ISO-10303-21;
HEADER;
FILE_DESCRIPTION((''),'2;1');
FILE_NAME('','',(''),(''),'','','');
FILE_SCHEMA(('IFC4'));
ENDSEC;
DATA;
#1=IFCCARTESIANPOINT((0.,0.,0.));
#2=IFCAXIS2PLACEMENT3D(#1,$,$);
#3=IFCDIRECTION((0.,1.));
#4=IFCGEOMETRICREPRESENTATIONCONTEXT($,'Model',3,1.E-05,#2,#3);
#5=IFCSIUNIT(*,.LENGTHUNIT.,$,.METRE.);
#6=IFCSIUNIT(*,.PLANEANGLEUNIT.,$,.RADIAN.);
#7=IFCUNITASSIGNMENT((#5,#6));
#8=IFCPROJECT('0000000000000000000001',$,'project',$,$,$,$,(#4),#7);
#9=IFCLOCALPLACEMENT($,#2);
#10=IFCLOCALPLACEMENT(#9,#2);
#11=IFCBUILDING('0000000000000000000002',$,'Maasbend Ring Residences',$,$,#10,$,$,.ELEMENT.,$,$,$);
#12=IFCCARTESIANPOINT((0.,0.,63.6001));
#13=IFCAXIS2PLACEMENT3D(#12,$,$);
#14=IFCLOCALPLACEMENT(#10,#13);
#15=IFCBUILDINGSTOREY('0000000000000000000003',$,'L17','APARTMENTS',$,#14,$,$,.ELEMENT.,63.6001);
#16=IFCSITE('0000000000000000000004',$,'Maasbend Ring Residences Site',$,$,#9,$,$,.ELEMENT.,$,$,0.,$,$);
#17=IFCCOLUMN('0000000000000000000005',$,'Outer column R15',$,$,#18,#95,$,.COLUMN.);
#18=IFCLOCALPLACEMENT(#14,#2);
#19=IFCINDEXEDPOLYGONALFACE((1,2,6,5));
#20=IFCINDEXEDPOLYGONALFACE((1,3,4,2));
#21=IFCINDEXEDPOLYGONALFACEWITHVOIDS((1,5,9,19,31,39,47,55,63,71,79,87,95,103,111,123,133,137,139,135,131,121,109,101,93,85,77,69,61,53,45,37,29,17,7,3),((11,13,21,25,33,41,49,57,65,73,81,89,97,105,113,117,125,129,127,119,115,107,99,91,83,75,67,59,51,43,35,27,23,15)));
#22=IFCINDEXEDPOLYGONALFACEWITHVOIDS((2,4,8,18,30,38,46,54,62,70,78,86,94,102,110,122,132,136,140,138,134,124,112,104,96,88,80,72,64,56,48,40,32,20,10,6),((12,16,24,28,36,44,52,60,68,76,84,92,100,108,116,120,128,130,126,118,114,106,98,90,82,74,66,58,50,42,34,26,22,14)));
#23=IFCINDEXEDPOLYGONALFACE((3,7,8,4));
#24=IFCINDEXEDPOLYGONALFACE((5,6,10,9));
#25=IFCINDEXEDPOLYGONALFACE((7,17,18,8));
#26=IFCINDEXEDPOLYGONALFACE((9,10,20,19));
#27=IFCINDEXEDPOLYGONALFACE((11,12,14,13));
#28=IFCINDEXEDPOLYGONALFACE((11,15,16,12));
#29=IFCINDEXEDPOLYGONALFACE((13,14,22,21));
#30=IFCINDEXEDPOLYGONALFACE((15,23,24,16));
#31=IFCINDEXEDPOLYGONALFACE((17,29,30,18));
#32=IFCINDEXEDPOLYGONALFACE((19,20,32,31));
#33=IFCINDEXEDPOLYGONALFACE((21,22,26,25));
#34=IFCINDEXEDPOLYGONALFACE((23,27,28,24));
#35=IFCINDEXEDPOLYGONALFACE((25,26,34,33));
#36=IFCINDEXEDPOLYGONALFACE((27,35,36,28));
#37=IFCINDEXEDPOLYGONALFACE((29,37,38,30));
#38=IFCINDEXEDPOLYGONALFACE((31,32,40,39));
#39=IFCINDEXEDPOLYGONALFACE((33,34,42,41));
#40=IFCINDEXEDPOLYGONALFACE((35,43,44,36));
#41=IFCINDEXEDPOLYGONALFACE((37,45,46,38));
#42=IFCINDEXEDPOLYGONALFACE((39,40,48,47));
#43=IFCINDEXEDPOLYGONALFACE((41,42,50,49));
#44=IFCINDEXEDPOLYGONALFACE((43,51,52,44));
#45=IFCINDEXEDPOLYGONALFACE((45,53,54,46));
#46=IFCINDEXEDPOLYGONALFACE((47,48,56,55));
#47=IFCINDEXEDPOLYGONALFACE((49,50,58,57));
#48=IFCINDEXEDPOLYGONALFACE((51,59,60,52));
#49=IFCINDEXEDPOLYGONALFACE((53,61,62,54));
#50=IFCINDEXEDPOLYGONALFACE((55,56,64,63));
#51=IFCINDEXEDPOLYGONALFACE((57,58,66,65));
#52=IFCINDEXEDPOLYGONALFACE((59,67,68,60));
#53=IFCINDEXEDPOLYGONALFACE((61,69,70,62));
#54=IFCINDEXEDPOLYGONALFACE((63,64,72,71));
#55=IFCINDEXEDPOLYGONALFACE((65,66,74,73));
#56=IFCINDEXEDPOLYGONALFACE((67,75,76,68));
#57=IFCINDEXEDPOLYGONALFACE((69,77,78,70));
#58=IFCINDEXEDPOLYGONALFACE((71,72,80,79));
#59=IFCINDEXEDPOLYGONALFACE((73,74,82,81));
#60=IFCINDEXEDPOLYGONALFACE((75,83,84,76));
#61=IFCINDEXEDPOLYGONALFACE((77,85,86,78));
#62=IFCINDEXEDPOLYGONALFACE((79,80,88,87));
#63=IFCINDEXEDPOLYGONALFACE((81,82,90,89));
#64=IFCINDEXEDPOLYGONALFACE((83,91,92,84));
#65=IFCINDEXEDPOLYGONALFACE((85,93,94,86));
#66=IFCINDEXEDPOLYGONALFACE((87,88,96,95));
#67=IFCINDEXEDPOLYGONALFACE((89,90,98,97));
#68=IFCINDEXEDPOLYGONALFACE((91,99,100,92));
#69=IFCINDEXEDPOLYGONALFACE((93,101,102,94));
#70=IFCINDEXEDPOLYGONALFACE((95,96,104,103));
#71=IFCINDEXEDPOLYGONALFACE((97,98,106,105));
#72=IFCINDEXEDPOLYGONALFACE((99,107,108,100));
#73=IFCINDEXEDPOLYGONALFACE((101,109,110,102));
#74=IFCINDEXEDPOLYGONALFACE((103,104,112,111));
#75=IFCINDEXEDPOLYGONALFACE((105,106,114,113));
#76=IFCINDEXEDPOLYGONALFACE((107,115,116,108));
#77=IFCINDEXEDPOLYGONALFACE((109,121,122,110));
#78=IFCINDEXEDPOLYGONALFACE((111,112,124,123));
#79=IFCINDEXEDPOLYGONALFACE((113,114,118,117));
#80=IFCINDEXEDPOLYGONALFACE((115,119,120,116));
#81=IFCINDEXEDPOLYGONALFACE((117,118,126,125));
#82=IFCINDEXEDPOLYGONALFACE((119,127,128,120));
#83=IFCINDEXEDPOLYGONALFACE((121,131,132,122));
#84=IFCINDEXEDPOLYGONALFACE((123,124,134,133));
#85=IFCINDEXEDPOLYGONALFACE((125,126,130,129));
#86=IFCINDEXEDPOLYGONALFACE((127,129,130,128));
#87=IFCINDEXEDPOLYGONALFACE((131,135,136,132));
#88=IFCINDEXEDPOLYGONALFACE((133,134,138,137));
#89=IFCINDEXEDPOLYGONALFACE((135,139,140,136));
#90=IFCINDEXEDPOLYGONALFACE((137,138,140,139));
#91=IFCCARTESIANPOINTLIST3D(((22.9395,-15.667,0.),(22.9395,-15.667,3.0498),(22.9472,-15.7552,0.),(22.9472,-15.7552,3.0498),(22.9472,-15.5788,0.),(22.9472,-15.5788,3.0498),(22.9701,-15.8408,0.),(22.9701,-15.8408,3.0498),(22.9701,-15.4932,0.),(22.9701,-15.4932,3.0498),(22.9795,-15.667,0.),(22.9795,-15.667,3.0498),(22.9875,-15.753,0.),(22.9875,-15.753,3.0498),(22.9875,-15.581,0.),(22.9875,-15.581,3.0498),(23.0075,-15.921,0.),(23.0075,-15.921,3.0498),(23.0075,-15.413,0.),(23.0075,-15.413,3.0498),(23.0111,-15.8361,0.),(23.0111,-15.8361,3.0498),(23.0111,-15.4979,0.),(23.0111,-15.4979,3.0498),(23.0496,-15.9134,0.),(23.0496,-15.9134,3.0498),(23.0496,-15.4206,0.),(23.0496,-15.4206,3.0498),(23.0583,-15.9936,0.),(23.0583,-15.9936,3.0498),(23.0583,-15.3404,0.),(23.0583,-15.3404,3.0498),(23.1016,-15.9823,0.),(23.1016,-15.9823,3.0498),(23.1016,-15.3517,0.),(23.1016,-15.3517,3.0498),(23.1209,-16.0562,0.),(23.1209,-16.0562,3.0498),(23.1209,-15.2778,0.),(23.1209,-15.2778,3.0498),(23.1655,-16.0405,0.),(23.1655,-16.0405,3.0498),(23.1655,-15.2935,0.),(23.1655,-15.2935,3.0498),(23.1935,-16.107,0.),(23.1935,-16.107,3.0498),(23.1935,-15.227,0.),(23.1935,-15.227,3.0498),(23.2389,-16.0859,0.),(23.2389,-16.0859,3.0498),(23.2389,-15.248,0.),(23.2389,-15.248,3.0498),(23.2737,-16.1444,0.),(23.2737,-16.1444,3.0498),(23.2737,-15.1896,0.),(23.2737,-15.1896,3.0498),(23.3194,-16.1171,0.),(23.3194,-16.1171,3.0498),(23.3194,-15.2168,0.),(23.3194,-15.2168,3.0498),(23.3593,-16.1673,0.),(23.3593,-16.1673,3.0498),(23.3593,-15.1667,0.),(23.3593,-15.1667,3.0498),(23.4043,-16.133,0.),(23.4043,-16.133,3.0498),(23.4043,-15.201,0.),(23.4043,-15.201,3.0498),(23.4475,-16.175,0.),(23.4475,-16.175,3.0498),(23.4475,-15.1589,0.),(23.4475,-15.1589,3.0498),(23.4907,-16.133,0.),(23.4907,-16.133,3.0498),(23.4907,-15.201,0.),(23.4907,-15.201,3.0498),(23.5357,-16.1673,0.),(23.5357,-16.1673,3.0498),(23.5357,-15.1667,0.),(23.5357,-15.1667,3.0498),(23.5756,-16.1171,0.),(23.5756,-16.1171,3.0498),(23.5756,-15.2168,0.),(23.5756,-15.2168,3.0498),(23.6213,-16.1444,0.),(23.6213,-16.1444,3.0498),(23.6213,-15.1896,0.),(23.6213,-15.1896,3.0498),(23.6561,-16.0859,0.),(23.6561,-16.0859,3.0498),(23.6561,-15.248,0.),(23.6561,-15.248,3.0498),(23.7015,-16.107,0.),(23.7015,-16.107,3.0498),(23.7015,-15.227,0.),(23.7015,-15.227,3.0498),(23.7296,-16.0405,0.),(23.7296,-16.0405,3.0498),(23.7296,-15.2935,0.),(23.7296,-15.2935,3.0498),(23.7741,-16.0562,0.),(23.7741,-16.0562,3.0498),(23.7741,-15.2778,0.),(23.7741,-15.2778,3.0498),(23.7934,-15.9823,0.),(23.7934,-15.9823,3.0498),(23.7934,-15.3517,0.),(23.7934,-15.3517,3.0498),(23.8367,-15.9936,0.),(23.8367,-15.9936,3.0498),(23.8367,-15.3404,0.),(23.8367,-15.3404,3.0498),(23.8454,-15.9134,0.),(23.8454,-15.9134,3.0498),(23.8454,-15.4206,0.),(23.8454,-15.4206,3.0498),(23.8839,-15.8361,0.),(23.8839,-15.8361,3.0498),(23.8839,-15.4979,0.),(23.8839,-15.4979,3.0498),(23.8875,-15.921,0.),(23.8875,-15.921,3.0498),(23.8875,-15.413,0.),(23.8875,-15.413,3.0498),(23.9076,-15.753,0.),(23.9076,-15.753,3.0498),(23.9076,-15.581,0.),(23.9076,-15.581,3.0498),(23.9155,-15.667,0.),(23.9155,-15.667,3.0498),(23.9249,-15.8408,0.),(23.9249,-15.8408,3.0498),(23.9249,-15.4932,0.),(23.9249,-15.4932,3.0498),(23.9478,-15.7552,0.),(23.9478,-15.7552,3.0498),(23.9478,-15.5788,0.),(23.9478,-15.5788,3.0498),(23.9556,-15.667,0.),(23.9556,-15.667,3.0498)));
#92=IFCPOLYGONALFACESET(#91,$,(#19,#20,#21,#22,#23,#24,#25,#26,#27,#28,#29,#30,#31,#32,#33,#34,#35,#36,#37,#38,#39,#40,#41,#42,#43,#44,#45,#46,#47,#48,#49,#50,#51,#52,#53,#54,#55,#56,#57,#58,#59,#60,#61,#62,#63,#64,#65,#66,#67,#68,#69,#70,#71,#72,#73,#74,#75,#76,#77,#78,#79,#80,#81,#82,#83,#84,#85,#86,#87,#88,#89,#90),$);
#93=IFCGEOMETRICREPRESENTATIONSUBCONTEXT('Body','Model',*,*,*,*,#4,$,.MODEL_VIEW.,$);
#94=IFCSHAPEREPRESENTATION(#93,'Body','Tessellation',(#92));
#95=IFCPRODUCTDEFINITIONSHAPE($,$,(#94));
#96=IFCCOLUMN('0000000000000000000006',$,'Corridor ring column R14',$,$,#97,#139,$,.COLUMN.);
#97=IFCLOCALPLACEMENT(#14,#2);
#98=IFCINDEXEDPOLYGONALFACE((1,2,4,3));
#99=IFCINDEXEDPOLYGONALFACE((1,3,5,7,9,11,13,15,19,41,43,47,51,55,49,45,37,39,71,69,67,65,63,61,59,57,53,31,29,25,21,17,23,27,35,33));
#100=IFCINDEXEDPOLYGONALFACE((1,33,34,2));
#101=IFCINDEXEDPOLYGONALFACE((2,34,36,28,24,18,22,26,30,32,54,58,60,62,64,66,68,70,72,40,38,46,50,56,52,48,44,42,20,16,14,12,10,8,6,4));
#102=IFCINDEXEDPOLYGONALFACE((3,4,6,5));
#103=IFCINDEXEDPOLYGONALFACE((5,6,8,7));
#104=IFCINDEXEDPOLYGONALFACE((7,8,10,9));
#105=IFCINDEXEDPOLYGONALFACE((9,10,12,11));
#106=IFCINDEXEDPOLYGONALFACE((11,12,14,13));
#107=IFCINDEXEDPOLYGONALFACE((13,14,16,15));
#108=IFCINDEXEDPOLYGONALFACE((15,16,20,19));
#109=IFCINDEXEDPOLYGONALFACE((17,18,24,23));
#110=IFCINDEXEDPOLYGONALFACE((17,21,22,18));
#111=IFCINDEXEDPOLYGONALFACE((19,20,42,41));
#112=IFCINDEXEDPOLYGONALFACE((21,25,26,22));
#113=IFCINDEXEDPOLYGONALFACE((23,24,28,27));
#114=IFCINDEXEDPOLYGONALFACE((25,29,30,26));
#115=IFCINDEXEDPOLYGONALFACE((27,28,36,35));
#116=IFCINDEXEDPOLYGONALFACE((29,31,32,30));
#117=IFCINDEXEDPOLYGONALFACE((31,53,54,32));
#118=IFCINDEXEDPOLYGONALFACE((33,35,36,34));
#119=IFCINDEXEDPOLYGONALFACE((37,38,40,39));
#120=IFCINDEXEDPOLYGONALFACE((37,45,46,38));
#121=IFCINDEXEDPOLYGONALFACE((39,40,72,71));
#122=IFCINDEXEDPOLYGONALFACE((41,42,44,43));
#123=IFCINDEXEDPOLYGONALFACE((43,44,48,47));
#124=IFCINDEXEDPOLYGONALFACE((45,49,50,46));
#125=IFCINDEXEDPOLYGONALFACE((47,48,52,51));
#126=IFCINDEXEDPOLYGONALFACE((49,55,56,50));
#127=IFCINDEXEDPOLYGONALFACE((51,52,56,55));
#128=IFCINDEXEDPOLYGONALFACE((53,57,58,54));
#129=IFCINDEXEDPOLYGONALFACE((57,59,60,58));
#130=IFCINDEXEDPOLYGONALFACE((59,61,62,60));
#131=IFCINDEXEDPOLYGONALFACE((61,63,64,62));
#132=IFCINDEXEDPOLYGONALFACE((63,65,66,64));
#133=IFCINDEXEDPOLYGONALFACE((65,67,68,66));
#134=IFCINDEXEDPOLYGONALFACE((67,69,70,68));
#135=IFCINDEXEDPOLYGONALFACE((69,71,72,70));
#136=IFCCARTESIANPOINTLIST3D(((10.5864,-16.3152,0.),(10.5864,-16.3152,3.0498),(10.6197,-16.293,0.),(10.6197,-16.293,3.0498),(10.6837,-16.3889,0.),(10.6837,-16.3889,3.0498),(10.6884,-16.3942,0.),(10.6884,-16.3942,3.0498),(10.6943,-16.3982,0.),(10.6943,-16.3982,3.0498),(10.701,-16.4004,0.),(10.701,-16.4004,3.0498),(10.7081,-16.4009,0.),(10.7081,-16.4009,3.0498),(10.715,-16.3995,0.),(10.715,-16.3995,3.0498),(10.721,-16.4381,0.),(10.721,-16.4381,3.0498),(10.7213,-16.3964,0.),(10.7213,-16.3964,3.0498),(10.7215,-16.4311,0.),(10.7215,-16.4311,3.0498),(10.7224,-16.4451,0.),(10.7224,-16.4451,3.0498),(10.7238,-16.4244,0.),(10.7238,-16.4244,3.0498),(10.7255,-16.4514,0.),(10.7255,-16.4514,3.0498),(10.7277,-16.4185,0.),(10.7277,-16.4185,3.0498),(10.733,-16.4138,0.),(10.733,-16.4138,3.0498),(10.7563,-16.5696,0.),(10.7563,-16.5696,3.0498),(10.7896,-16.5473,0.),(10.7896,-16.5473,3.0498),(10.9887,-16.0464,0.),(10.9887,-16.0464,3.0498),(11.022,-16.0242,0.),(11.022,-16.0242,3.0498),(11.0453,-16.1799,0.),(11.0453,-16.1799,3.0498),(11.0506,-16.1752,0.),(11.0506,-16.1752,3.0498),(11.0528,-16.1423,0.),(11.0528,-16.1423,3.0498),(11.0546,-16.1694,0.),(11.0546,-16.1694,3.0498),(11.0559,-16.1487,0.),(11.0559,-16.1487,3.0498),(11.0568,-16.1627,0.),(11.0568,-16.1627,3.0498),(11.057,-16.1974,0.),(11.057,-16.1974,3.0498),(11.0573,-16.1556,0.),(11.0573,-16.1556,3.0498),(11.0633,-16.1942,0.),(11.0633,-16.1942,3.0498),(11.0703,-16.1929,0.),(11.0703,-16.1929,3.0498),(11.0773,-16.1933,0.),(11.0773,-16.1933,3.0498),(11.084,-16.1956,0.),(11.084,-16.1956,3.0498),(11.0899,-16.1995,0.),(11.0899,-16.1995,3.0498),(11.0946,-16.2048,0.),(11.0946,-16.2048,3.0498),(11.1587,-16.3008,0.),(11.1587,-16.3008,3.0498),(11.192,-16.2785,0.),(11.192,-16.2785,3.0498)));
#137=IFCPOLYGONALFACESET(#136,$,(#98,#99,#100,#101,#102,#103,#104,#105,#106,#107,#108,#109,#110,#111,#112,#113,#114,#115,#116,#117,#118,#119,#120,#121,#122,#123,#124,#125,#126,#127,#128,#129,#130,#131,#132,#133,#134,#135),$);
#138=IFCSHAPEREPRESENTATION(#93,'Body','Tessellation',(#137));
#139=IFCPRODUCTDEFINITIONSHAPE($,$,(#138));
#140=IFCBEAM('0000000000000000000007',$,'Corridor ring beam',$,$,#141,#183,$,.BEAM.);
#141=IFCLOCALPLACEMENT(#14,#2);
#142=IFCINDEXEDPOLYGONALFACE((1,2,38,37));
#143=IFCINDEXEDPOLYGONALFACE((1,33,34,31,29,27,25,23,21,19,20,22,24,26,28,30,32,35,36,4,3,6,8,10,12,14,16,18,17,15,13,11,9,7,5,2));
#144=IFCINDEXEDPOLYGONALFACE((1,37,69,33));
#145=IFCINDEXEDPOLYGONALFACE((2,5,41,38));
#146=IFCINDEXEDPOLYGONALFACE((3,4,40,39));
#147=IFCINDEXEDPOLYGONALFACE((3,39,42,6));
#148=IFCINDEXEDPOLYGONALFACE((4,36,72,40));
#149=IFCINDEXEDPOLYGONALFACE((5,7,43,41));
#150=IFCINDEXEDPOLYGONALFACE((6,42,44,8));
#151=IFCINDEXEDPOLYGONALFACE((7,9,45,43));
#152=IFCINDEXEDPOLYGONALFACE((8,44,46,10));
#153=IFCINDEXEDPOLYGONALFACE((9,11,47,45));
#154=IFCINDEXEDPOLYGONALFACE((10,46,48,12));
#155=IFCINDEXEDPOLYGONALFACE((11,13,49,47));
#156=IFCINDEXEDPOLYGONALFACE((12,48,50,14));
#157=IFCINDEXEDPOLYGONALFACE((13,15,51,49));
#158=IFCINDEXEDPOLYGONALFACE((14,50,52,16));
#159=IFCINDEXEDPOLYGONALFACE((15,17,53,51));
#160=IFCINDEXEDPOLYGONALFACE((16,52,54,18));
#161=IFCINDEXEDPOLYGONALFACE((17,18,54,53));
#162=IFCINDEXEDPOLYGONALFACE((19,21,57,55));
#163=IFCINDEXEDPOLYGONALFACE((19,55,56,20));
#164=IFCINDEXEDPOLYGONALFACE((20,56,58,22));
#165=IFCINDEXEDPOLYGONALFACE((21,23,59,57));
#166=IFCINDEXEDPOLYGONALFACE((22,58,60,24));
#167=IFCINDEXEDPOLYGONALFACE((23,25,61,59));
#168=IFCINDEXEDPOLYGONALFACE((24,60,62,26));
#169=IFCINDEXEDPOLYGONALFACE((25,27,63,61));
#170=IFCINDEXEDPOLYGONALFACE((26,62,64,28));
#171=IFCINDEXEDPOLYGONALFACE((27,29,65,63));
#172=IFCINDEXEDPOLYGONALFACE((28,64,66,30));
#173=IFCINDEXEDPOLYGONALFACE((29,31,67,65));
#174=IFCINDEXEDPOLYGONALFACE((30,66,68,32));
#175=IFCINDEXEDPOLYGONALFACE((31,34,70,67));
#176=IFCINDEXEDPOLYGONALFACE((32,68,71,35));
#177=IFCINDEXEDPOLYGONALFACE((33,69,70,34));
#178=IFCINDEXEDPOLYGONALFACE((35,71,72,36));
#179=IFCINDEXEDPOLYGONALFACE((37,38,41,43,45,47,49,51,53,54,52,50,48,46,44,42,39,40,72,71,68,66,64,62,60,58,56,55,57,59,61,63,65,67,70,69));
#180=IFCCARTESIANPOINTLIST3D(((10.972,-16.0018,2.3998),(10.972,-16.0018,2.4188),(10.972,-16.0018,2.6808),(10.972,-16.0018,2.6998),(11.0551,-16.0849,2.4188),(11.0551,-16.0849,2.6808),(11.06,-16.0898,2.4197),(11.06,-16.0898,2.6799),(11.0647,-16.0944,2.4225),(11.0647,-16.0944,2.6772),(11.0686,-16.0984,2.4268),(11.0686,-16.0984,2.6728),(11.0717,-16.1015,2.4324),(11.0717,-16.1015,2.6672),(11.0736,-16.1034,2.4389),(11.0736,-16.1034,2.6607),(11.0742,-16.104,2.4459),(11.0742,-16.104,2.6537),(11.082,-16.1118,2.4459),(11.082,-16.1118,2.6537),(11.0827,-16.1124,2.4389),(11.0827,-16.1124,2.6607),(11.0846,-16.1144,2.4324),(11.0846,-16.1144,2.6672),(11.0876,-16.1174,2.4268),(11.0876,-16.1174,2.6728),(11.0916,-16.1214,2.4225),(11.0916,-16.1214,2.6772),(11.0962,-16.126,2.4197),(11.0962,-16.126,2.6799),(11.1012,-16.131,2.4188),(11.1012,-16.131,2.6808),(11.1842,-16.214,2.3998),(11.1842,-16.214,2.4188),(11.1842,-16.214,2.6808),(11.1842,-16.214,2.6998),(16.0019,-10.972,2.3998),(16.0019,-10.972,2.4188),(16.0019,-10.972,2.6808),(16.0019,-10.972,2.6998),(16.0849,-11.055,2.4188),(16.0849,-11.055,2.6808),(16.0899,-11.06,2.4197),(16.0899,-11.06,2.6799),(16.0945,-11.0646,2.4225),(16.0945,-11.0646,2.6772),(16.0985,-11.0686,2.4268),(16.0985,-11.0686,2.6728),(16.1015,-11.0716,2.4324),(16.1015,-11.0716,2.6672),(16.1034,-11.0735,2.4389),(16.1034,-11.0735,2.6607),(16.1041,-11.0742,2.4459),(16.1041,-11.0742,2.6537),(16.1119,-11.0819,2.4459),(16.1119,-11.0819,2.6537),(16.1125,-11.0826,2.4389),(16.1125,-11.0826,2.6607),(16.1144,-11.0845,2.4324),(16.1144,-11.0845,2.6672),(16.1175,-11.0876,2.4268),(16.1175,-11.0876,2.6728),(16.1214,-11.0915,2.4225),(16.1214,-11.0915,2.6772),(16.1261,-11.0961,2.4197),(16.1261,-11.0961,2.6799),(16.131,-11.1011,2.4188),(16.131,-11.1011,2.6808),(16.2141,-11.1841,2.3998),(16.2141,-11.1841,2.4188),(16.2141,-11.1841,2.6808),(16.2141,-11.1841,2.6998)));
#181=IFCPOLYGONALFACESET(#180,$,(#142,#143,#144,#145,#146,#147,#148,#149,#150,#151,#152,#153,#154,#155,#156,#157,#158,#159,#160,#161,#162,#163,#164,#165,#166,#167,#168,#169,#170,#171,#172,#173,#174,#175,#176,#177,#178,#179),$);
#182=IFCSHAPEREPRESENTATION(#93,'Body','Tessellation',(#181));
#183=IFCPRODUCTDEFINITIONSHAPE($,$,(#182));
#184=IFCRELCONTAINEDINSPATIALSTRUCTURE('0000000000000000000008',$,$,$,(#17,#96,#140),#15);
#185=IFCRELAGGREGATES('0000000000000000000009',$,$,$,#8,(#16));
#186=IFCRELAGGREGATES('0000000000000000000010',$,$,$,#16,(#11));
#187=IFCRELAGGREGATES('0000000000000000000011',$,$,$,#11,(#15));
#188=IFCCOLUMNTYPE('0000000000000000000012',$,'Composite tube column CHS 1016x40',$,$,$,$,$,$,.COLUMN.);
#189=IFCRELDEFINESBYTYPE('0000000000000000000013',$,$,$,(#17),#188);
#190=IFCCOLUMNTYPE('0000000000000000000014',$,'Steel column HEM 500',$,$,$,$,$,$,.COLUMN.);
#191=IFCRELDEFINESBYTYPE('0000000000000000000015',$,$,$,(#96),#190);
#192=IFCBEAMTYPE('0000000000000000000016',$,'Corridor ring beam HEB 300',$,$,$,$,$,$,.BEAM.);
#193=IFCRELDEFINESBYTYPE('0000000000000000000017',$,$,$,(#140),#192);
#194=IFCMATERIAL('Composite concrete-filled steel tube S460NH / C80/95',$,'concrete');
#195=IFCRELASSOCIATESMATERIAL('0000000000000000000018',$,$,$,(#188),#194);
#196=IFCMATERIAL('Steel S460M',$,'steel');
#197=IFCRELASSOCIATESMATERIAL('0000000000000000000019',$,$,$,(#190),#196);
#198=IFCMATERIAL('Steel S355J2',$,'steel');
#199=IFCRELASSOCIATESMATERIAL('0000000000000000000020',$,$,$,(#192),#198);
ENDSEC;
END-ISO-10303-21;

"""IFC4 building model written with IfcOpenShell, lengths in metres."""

from ifc_helpers import new_model, si_unit, direction, frame, origin, origin_2d, place, context, subcontext, project, spatial, hollow_circle, i_section, extrude, material, material_profile, profile_set, type_object, element, save


model = new_model("IFC4")

# Units and contexts
model_context = context("Model", 3, precision=1e-05, world=origin(), true_north=direction((0.0, 1.0)))
body_context = subcontext(model_context, "Body", "Model", "MODEL_VIEW")
ifc_project = project(units=[si_unit("LENGTHUNIT", "METRE"), si_unit("PLANEANGLEUNIT", "RADIAN")], contexts=[model_context])

# Site, building, storey
site_placement = place(None, origin())
site = spatial("IfcSite", under=ifc_project, at=site_placement, Name="Maasbend Ring Residences Site", CompositionType="ELEMENT", RefElevation=0.0)
building_placement = place(site_placement, origin())
building = spatial("IfcBuilding", under=site, at=building_placement, Name="Maasbend Ring Residences", CompositionType="ELEMENT")
storey_placement = place(building_placement, frame((0.0, 0.0, 63.6001)))
storey = spatial("IfcBuildingStorey", under=building, at=storey_placement, Name="L17", Description="APARTMENTS", CompositionType="ELEMENT", Elevation=63.6001)

# Columns
ifc_material_1 = material(Name="Composite concrete-filled steel tube S460NH / C80/95", Category="concrete")
ifc_material_profile_1 = material_profile(ifc_material_1, hollow_circle(Radius=0.5081, WallThickness=0.04, at=origin_2d()), Name="Composite tube column CHS 1016x40")
ifc_profile_set_1 = profile_set([ifc_material_profile_1], Name="Composite concrete-filled steel tube S460NH / C80/95")
column_type_1 = type_object("IfcColumnType", Name="Composite tube column CHS 1016x40", PredefinedType="COLUMN", material=ifc_profile_set_1)
column_1_placement = place(storey_placement, frame((23.4475, -15.667, 0.0), z_axis=(0.0, 0.0, 1.0), x_axis=(1.0, 0.0, 0.0)))
element("IfcColumn", 1, at=column_1_placement, inside=storey, type_object=column_type_1, Name="Outer column R15", PredefinedType="COLUMN", context=body_context, shape_type="SweptSolid", body=[
    extrude(hollow_circle(Radius=0.5081, WallThickness=0.04, at=origin_2d()), origin(), (0.0, 0.0, 1.0), 3.0498),
])
ifc_material_2 = material(Name="Steel S460M", Category="steel")
ifc_material_profile_2 = material_profile(ifc_material_2, i_section(OverallWidth=0.3059, OverallDepth=0.5239, WebThickness=0.021, FlangeThickness=0.04, FilletRadius=0.0271, at=origin_2d()), Name="HEM 500")
ifc_profile_set_2 = profile_set([ifc_material_profile_2], Name="Steel S460M")
column_type_2 = type_object("IfcColumnType", Name="Steel column HEM 500", PredefinedType="COLUMN", material=ifc_profile_set_2)
column_2_placement = place(storey_placement, frame((10.8892, -16.2969, 0.0), z_axis=(0.0, 0.0, 1.0), x_axis=(0.55557, -0.83147, 0.0)))
element("IfcColumn", 2, at=column_2_placement, inside=storey, type_object=column_type_2, Name="Corridor ring column R14", PredefinedType="COLUMN", context=body_context, shape_type="SweptSolid", body=[
    extrude(i_section(OverallWidth=0.3059, OverallDepth=0.5239, WebThickness=0.021, FlangeThickness=0.04, FilletRadius=0.0271, at=origin_2d()), origin(), (0.0, 0.0, 1.0), 3.0498),
])

# Beam
ifc_material_3 = material(Name="Steel S355J2", Category="steel")
ifc_material_profile_3 = material_profile(ifc_material_3, i_section(OverallWidth=0.3, OverallDepth=0.3, WebThickness=0.011, FlangeThickness=0.019, FilletRadius=0.0271, at=origin_2d()), Name="HEB 300")
ifc_profile_set_3 = profile_set([ifc_material_profile_3], Name="Steel S355J2")
beam_type = type_object("IfcBeamType", Name="Corridor ring beam HEB 300", PredefinedType="BEAM", material=ifc_profile_set_3)
beam_placement = place(storey_placement, frame((11.0781, -16.1079, 2.5498), z_axis=(0.707107, 0.707107, 0.0), x_axis=(-0.707107, 0.707107, 0.0)))
element("IfcBeam", 3, at=beam_placement, inside=storey, type_object=beam_type, Name="Corridor ring beam", PredefinedType="BEAM", context=body_context, shape_type="SweptSolid", body=[
    extrude(i_section(OverallWidth=0.3, OverallDepth=0.3, WebThickness=0.011, FlangeThickness=0.019, FilletRadius=0.0271, at=origin_2d()), origin(), (0.0, 0.0, 1.0), 7.1133),
])

save(model, "model.ifc")
